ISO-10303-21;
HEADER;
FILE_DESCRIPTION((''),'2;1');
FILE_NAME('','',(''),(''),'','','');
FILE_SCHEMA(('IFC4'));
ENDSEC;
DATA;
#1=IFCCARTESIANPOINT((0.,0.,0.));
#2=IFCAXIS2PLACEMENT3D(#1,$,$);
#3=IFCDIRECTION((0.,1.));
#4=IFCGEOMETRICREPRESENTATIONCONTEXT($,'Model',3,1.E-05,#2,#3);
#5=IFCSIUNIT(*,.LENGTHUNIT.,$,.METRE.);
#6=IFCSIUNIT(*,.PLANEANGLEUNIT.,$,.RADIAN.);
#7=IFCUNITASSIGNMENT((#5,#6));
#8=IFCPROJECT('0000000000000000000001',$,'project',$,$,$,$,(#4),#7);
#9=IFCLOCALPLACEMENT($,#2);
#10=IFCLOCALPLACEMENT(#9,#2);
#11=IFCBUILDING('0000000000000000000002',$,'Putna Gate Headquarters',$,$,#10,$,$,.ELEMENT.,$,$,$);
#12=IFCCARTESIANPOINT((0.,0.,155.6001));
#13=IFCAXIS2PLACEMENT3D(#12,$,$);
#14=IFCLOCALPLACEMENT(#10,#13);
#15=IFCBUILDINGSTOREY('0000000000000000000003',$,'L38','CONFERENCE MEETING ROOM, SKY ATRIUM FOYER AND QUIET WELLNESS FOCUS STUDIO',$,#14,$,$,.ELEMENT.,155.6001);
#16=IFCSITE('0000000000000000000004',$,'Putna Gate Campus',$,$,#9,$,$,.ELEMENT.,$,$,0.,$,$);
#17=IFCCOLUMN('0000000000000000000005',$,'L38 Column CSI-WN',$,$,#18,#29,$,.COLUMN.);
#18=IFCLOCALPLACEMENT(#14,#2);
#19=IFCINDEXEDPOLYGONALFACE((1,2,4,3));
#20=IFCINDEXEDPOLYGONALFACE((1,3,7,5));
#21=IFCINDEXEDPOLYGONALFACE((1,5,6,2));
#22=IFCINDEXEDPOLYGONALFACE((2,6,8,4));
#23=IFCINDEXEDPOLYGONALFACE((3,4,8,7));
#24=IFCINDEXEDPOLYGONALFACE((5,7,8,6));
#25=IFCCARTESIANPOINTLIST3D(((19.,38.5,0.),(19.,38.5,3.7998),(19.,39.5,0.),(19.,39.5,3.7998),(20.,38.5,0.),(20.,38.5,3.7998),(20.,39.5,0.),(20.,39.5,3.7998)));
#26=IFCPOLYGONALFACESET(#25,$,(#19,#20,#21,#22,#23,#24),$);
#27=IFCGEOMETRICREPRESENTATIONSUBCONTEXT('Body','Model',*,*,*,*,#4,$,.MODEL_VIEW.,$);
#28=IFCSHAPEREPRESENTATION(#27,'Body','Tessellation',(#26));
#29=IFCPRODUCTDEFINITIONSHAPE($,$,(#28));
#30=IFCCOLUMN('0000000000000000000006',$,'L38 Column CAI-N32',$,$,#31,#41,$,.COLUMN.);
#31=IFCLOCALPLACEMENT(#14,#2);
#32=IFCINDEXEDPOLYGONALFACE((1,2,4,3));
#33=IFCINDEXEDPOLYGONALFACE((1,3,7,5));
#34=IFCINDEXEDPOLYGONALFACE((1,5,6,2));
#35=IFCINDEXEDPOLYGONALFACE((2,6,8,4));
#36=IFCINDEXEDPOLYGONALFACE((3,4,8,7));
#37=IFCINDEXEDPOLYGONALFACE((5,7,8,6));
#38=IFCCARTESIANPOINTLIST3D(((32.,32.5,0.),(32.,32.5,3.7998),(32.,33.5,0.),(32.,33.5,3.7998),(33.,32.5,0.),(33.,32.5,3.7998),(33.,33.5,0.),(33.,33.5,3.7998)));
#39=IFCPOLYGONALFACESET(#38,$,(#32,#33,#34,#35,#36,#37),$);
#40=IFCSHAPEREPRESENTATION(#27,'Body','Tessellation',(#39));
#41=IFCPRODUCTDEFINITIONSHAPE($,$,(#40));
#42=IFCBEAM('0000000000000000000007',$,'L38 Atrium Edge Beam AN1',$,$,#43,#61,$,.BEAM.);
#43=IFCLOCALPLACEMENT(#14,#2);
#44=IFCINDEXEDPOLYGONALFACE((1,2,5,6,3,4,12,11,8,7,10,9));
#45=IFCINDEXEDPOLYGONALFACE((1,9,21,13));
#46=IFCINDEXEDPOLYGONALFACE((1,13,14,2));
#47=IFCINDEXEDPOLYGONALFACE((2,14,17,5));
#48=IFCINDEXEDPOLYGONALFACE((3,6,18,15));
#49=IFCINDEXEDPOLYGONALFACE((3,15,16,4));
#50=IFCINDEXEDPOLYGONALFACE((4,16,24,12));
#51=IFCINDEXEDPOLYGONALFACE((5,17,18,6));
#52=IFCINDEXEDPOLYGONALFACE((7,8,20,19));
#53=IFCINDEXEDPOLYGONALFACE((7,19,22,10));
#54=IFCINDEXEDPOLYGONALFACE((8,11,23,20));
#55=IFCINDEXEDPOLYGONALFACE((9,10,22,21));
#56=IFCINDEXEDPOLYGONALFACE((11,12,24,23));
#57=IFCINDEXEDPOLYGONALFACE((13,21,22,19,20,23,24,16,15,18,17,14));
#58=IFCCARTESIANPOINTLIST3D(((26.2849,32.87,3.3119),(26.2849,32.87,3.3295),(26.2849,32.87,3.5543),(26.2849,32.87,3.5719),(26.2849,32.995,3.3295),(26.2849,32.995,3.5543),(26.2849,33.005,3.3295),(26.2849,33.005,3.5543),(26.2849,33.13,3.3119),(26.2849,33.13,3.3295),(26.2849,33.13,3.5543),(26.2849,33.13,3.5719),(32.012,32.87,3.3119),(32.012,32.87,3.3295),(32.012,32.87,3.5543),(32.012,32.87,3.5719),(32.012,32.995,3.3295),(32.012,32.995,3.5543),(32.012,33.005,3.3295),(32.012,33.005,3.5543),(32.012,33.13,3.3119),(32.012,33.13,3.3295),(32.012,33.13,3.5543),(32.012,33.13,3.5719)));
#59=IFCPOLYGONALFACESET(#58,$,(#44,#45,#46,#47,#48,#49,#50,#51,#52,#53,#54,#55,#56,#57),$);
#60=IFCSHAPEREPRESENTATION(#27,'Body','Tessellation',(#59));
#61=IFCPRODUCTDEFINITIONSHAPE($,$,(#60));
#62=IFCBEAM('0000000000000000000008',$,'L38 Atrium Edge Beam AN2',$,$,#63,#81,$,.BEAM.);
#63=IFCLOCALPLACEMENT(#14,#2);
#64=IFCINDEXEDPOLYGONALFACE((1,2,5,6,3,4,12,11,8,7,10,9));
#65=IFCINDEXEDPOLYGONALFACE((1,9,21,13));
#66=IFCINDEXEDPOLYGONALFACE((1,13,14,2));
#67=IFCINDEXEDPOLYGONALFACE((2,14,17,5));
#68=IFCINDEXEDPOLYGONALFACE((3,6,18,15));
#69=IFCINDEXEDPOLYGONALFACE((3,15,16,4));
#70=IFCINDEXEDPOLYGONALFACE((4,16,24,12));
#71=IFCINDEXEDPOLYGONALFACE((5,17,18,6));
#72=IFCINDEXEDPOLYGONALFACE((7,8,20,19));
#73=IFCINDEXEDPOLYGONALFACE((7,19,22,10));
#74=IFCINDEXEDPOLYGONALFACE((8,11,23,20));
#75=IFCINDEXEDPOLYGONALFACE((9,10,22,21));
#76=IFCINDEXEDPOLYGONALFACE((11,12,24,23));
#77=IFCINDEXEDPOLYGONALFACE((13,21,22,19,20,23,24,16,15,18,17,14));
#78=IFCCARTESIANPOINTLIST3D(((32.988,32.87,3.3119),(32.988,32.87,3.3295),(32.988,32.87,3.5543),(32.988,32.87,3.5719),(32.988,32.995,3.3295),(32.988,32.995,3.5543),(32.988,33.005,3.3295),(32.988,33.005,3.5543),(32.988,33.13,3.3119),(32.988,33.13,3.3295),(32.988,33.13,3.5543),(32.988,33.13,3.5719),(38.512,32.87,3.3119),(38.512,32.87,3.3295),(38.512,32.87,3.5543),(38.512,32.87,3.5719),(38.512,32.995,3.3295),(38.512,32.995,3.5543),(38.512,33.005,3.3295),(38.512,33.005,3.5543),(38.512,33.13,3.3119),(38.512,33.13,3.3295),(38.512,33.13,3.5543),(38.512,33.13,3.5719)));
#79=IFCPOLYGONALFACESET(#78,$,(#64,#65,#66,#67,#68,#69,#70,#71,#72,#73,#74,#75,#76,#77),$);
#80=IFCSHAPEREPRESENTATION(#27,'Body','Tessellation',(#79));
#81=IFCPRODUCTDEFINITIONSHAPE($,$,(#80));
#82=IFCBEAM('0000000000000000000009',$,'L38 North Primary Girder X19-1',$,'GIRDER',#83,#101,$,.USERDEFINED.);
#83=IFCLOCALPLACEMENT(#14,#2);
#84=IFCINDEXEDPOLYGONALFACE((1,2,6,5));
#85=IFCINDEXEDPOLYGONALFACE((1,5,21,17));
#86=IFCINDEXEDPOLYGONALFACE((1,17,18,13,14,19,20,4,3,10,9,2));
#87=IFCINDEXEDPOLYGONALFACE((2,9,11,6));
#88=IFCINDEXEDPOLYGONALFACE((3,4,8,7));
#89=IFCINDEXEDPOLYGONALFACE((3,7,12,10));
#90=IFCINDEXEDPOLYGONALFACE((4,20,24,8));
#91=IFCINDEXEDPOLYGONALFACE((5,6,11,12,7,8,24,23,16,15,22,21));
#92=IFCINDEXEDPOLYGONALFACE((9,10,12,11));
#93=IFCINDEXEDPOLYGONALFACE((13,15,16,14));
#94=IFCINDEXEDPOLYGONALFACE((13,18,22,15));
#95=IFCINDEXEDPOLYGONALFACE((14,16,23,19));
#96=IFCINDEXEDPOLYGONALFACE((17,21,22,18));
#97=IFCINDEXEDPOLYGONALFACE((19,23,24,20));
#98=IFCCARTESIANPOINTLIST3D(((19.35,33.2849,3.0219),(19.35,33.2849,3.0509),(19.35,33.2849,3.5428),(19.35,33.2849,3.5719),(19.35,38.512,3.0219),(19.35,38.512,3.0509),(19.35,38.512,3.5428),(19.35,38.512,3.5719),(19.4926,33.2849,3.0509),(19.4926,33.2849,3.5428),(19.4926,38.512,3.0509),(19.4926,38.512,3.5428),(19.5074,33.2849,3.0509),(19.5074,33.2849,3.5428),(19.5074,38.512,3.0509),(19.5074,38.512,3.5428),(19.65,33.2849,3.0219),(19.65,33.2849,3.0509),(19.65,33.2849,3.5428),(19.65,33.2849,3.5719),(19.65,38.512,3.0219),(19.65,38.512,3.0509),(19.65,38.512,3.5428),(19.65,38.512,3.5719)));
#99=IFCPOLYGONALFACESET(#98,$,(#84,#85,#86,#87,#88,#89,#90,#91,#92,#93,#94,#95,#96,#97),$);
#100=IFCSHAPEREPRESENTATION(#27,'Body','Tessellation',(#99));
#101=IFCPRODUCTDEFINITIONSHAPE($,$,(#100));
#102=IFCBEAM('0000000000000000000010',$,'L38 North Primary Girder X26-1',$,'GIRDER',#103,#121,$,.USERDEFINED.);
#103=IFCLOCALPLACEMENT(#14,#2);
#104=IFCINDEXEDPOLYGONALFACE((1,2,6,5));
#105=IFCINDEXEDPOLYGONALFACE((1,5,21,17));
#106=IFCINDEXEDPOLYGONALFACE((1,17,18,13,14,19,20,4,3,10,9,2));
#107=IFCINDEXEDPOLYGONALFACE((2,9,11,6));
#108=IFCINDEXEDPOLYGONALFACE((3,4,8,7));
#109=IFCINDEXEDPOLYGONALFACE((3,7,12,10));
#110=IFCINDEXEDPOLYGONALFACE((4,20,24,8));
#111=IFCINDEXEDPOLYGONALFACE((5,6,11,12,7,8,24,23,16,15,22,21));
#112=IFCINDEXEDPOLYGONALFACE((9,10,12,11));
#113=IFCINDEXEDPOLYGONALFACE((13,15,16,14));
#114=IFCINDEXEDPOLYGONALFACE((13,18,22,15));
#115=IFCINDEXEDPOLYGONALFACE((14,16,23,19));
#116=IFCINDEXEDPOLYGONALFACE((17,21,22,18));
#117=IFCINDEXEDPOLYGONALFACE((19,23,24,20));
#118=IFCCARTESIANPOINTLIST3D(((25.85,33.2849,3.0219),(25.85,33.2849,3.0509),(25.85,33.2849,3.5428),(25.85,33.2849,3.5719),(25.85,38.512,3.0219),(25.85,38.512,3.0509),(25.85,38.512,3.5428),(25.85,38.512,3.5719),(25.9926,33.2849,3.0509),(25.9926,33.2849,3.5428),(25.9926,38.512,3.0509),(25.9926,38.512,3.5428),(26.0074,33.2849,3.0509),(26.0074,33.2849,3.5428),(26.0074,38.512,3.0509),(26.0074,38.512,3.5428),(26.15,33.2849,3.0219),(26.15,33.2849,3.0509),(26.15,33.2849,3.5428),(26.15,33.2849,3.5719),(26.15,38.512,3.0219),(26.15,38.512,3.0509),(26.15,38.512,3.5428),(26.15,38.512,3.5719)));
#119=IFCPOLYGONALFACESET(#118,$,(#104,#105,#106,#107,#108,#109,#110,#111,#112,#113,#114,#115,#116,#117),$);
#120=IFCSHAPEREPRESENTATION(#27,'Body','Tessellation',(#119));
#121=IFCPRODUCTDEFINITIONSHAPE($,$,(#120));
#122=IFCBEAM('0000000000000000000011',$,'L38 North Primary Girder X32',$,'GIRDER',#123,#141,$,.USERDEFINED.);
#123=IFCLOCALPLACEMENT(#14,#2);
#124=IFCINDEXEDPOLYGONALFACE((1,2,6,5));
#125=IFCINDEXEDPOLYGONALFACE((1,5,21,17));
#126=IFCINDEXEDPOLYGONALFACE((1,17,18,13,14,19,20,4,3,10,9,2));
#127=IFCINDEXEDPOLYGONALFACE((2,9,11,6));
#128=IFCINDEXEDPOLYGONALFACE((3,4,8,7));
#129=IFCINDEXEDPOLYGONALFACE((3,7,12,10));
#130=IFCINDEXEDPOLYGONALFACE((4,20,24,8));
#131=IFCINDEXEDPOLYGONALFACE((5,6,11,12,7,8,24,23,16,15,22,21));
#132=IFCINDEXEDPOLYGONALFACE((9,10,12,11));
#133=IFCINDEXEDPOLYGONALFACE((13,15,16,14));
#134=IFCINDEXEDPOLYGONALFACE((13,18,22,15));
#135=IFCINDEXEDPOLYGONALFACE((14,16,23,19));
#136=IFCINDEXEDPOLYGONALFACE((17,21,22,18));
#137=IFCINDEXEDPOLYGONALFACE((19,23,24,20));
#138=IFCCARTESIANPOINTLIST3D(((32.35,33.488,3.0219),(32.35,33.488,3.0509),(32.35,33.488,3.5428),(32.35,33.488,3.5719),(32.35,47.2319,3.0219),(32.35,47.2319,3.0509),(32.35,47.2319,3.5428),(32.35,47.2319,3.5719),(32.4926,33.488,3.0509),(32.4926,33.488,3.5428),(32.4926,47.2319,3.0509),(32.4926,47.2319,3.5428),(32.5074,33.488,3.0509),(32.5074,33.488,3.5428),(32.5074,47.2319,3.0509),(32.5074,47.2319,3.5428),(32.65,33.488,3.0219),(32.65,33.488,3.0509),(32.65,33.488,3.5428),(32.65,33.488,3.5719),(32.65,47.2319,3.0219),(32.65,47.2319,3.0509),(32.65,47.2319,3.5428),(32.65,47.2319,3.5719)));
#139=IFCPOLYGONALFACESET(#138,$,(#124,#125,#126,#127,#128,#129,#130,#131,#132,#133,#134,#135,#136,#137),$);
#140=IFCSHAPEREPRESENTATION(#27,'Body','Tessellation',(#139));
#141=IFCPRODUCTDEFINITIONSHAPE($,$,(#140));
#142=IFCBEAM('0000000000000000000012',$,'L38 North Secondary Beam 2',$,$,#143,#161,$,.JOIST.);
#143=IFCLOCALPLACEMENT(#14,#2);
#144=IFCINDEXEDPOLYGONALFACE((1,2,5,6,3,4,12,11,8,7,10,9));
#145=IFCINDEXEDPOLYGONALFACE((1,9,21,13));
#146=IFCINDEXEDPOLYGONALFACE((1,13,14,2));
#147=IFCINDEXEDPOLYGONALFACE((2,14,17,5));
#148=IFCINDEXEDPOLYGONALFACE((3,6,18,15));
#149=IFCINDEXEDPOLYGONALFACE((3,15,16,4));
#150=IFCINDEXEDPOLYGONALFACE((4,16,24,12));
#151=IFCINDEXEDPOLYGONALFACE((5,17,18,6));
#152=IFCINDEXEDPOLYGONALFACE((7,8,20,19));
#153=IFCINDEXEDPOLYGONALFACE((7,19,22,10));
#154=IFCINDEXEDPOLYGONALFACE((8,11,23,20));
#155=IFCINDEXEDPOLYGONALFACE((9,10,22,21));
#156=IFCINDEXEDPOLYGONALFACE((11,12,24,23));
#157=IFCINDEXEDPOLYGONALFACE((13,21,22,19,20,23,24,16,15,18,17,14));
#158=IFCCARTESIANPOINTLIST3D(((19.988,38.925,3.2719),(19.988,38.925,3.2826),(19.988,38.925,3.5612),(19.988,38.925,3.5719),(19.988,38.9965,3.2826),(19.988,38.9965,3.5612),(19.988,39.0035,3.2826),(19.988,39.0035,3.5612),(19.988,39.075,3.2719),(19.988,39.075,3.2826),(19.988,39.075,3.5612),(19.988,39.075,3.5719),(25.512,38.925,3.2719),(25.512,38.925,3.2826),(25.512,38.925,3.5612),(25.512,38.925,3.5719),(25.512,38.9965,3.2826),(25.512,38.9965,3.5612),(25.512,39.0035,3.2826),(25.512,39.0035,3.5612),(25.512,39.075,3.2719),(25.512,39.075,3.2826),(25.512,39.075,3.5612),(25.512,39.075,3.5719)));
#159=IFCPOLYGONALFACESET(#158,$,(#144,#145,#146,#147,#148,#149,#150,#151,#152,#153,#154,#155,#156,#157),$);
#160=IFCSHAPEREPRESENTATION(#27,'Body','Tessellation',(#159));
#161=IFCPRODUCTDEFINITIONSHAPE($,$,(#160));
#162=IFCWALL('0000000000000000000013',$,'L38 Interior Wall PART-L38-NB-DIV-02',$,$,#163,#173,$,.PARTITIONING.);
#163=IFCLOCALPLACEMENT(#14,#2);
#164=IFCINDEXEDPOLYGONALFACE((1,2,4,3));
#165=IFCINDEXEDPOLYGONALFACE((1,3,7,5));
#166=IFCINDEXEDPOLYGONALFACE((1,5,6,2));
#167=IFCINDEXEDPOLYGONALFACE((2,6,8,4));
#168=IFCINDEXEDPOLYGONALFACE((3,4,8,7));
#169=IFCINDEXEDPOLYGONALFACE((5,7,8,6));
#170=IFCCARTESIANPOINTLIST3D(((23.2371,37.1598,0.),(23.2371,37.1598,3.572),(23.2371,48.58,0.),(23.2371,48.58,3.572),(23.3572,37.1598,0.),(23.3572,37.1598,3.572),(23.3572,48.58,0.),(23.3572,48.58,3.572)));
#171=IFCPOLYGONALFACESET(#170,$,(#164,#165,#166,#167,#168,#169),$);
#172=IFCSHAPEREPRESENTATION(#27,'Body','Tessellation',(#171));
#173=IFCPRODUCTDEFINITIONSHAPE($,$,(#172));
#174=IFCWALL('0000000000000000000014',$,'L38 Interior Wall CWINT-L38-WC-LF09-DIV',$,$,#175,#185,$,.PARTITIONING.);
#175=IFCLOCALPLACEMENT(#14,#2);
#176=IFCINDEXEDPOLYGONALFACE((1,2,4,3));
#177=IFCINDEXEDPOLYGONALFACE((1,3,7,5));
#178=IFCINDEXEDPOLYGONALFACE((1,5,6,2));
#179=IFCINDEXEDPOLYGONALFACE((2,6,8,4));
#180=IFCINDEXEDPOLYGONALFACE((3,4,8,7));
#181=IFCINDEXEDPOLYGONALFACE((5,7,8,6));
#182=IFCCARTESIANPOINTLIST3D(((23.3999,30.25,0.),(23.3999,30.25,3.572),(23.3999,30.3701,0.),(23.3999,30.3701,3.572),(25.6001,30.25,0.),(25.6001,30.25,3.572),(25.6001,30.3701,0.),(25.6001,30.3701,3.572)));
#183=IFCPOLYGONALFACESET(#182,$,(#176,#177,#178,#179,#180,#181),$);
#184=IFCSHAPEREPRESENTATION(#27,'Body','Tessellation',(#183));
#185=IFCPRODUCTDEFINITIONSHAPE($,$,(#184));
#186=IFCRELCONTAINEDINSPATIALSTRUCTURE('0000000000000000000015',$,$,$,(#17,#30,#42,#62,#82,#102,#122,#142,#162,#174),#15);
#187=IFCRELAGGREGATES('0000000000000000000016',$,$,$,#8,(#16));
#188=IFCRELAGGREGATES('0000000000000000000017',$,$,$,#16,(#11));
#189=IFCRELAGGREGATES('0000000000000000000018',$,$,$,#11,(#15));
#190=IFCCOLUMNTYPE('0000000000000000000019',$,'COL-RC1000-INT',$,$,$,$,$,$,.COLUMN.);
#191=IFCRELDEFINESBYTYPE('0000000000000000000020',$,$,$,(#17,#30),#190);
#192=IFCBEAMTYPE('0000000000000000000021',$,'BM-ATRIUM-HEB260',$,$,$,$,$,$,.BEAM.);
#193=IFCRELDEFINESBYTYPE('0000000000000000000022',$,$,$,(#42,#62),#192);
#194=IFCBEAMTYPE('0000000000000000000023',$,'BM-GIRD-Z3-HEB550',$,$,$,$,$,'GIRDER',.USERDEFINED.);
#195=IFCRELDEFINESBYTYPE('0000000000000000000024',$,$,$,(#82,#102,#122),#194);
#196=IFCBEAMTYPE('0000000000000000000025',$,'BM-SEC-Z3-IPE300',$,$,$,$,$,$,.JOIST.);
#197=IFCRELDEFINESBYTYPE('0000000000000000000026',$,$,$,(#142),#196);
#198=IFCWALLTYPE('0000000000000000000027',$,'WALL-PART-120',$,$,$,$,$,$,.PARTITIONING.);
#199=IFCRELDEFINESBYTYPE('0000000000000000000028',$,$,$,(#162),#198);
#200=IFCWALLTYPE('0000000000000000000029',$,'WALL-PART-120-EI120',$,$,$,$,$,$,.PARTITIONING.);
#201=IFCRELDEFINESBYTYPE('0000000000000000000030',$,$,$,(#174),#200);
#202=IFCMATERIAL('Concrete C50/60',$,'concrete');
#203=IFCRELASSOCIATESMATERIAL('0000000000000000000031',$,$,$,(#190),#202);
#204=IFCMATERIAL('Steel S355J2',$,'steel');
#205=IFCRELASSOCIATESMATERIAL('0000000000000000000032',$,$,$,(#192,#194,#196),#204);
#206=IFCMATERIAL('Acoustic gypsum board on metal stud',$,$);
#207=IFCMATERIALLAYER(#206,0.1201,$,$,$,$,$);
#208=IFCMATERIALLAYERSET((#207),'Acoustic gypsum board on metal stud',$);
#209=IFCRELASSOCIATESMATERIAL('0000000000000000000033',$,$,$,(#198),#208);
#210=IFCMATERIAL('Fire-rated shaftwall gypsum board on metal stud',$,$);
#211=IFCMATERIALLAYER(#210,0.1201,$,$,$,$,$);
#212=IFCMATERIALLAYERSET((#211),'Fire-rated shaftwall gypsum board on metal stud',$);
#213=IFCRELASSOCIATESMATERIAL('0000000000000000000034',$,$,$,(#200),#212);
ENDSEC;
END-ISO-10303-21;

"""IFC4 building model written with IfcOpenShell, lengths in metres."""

from ifc_helpers import new_model, si_unit, direction, frame, frame_2d, origin, origin_2d, place, context, subcontext, project, spatial, rectangle, i_section, extrude, material, layer, layer_set, material_profile, profile_set, type_object, element, save


model = new_model("IFC4")

# Units and contexts
model_context = context("Model", 3, precision=1e-05, world=origin(), true_north=direction((0.0, 1.0)))
body_context = subcontext(model_context, "Body", "Model", "MODEL_VIEW")
ifc_project = project(units=[si_unit("LENGTHUNIT", "METRE"), si_unit("PLANEANGLEUNIT", "RADIAN")], contexts=[model_context])

# Site, building, storey
site_placement = place(None, origin())
site = spatial("IfcSite", under=ifc_project, at=site_placement, Name="Putna Gate Campus", CompositionType="ELEMENT", RefElevation=0.0)
building_placement = place(site_placement, origin())
building = spatial("IfcBuilding", under=site, at=building_placement, Name="Putna Gate Headquarters", CompositionType="ELEMENT")
storey_placement = place(building_placement, frame((0.0, 0.0, 155.6001)))
storey = spatial("IfcBuildingStorey", under=building, at=storey_placement, Name="L38", Description="CONFERENCE MEETING ROOM, SKY ATRIUM FOYER AND QUIET WELLNESS FOCUS STUDIO", CompositionType="ELEMENT", Elevation=155.6001)

# Columns
ifc_material_1 = material(Name="Concrete C50/60", Category="concrete")
ifc_material_profile_1 = material_profile(ifc_material_1, rectangle(XDim=1.0, YDim=1.0, at=origin_2d()), Name="Concrete C50/60")
ifc_profile_set_1 = profile_set([ifc_material_profile_1], Name="Concrete C50/60")
column_type = type_object("IfcColumnType", Name="COL-RC1000-INT", PredefinedType="COLUMN", material=ifc_profile_set_1)
for number, where, z_axis, x_axis, name in (
    (1, (19.5, 39.0, 0.0), (0.0, 0.0, 1.0), (1.0, 0.0, 0.0), "L38 Column CSI-WN"),
    (2, (32.5, 33.0, 0.0), (0.0, 0.0, 1.0), (1.0, 0.0, 0.0), "L38 Column CAI-N32"),
):
    element("IfcColumn", number, at=place(storey_placement, frame(where, z_axis=z_axis, x_axis=x_axis)), inside=storey, type_object=column_type, Name=name, PredefinedType="COLUMN", context=body_context, shape_type="SweptSolid", body=[
        extrude(rectangle(XDim=1.0, YDim=1.0, at=origin_2d()), origin(), (0.0, 0.0, 1.0), 3.7998),
    ])

# Beams
ifc_material_2 = material(Name="Steel S355J2", Category="steel")
ifc_material_profile_2 = material_profile(ifc_material_2, i_section(OverallWidth=0.26, OverallDepth=0.26, WebThickness=0.01, FlangeThickness=0.0176, at=origin_2d()), Name="Steel S355J2")
ifc_profile_set_2 = profile_set([ifc_material_profile_2], Name="Steel S355J2")
beam_type_1 = type_object("IfcBeamType", Name="BM-ATRIUM-HEB260", PredefinedType="BEAM", material=ifc_profile_set_2)
beam_1_placement = place(storey_placement, frame((26.2849, 33.0, 3.4419), z_axis=(1.0, 0.0, 0.0), x_axis=(0.0, 1.0, 0.0)))
element("IfcBeam", 3, at=beam_1_placement, inside=storey, type_object=beam_type_1, Name="L38 Atrium Edge Beam AN1", PredefinedType="BEAM", context=body_context, shape_type="SweptSolid", body=[
    extrude(i_section(OverallWidth=0.26, OverallDepth=0.26, WebThickness=0.01, FlangeThickness=0.0176, at=origin_2d()), origin(), (0.0, 0.0, 1.0), 5.7271),
])
beam_2_placement = place(storey_placement, frame((32.988, 33.0, 3.4419), z_axis=(1.0, 0.0, 0.0), x_axis=(0.0, 1.0, 0.0)))
element("IfcBeam", 4, at=beam_2_placement, inside=storey, type_object=beam_type_1, Name="L38 Atrium Edge Beam AN2", PredefinedType="BEAM", context=body_context, shape_type="SweptSolid", body=[
    extrude(i_section(OverallWidth=0.26, OverallDepth=0.26, WebThickness=0.01, FlangeThickness=0.0176, at=origin_2d()), origin(), (0.0, 0.0, 1.0), 5.5239),
])
ifc_material_profile_3 = material_profile(ifc_material_2, i_section(OverallWidth=0.3, OverallDepth=0.55, WebThickness=0.0149, FlangeThickness=0.0291, at=origin_2d()), Name="Steel S355J2")
ifc_profile_set_3 = profile_set([ifc_material_profile_3], Name="Steel S355J2")
beam_type_2 = type_object("IfcBeamType", Name="BM-GIRD-Z3-HEB550", ElementType="GIRDER", PredefinedType="USERDEFINED", material=ifc_profile_set_3)
for number, where, z_axis, x_axis, name in (
    (5, (19.5, 33.2849, 3.2969), (0.0, 1.0, 0.0), (-1.0, 0.0, 0.0), "L38 North Primary Girder X19-1"),
    (6, (26.0, 33.2849, 3.2969), (0.0, 1.0, 0.0), (-1.0, 0.0, 0.0), "L38 North Primary Girder X26-1"),
):
    element("IfcBeam", number, at=place(storey_placement, frame(where, z_axis=z_axis, x_axis=x_axis)), inside=storey, type_object=beam_type_2, Name=name, ObjectType="GIRDER", PredefinedType="USERDEFINED", context=body_context, shape_type="SweptSolid", body=[
        extrude(i_section(OverallWidth=0.3, OverallDepth=0.55, WebThickness=0.0149, FlangeThickness=0.0291, at=origin_2d()), origin(), (0.0, 0.0, 1.0), 5.2271),
    ])
beam_3_placement = place(storey_placement, frame((32.5, 33.488, 3.2969), z_axis=(0.0, 1.0, 0.0), x_axis=(-1.0, 0.0, 0.0)))
element("IfcBeam", 7, at=beam_3_placement, inside=storey, type_object=beam_type_2, Name="L38 North Primary Girder X32", ObjectType="GIRDER", PredefinedType="USERDEFINED", context=body_context, shape_type="SweptSolid", body=[
    extrude(i_section(OverallWidth=0.3, OverallDepth=0.55, WebThickness=0.0149, FlangeThickness=0.0291, at=origin_2d()), origin(), (0.0, 0.0, 1.0), 13.7439),
])
ifc_material_profile_4 = material_profile(ifc_material_2, i_section(OverallWidth=0.1499, OverallDepth=0.3, WebThickness=0.0071, FlangeThickness=0.0107, at=origin_2d()), Name="Steel S355J2")
ifc_profile_set_4 = profile_set([ifc_material_profile_4], Name="Steel S355J2")
beam_type_3 = type_object("IfcBeamType", Name="BM-SEC-Z3-IPE300", PredefinedType="JOIST", material=ifc_profile_set_4)
beam_4_placement = place(storey_placement, frame((19.988, 39.0, 3.4219), z_axis=(1.0, 0.0, 0.0), x_axis=(0.0, 1.0, 0.0)))
element("IfcBeam", 8, at=beam_4_placement, inside=storey, type_object=beam_type_3, Name="L38 North Secondary Beam 2", PredefinedType="JOIST", context=body_context, shape_type="SweptSolid", body=[
    extrude(i_section(OverallWidth=0.1499, OverallDepth=0.3, WebThickness=0.0071, FlangeThickness=0.0107, at=origin_2d()), origin(), (0.0, 0.0, 1.0), 5.5239),
])

# Walls
ifc_material_3 = material(Name="Acoustic gypsum board on metal stud")
ifc_layer_1 = layer(ifc_material_3, 0.1201)
ifc_layer_set_1 = layer_set([ifc_layer_1], Name="Acoustic gypsum board on metal stud")
wall_type_1 = type_object("IfcWallType", Name="WALL-PART-120", PredefinedType="PARTITIONING", material=ifc_layer_set_1)
wall_1_placement = place(storey_placement, frame((23.2971, 37.1599, 0.0), z_axis=(0.0, 0.0, 1.0), x_axis=(0.0, 1.0, 0.0)))
element("IfcWall", 9, at=wall_1_placement, inside=storey, type_object=wall_type_1, Name="L38 Interior Wall PART-L38-NB-DIV-02", PredefinedType="PARTITIONING", context=body_context, shape_type="SweptSolid", body=[
    extrude(rectangle(XDim=11.4202, YDim=0.1201, at=frame_2d((5.71, 0.0))), origin(), (0.0, 0.0, 1.0), 3.572),
])
ifc_material_4 = material(Name="Fire-rated shaftwall gypsum board on metal stud")
ifc_layer_2 = layer(ifc_material_4, 0.1201)
ifc_layer_set_2 = layer_set([ifc_layer_2], Name="Fire-rated shaftwall gypsum board on metal stud")
wall_type_2 = type_object("IfcWallType", Name="WALL-PART-120-EI120", PredefinedType="PARTITIONING", material=ifc_layer_set_2)
wall_2_placement = place(storey_placement, frame((23.3999, 30.3101, 0.0), z_axis=(0.0, 0.0, 1.0), x_axis=(1.0, 0.0, 0.0)))
element("IfcWall", 10, at=wall_2_placement, inside=storey, type_object=wall_type_2, Name="L38 Interior Wall CWINT-L38-WC-LF09-DIV", PredefinedType="PARTITIONING", context=body_context, shape_type="SweptSolid", body=[
    extrude(rectangle(XDim=2.2002, YDim=0.1201, at=frame_2d((1.1001, 0.0))), origin(), (0.0, 0.0, 1.0), 3.572),
])

save(model, "model.ifc")
